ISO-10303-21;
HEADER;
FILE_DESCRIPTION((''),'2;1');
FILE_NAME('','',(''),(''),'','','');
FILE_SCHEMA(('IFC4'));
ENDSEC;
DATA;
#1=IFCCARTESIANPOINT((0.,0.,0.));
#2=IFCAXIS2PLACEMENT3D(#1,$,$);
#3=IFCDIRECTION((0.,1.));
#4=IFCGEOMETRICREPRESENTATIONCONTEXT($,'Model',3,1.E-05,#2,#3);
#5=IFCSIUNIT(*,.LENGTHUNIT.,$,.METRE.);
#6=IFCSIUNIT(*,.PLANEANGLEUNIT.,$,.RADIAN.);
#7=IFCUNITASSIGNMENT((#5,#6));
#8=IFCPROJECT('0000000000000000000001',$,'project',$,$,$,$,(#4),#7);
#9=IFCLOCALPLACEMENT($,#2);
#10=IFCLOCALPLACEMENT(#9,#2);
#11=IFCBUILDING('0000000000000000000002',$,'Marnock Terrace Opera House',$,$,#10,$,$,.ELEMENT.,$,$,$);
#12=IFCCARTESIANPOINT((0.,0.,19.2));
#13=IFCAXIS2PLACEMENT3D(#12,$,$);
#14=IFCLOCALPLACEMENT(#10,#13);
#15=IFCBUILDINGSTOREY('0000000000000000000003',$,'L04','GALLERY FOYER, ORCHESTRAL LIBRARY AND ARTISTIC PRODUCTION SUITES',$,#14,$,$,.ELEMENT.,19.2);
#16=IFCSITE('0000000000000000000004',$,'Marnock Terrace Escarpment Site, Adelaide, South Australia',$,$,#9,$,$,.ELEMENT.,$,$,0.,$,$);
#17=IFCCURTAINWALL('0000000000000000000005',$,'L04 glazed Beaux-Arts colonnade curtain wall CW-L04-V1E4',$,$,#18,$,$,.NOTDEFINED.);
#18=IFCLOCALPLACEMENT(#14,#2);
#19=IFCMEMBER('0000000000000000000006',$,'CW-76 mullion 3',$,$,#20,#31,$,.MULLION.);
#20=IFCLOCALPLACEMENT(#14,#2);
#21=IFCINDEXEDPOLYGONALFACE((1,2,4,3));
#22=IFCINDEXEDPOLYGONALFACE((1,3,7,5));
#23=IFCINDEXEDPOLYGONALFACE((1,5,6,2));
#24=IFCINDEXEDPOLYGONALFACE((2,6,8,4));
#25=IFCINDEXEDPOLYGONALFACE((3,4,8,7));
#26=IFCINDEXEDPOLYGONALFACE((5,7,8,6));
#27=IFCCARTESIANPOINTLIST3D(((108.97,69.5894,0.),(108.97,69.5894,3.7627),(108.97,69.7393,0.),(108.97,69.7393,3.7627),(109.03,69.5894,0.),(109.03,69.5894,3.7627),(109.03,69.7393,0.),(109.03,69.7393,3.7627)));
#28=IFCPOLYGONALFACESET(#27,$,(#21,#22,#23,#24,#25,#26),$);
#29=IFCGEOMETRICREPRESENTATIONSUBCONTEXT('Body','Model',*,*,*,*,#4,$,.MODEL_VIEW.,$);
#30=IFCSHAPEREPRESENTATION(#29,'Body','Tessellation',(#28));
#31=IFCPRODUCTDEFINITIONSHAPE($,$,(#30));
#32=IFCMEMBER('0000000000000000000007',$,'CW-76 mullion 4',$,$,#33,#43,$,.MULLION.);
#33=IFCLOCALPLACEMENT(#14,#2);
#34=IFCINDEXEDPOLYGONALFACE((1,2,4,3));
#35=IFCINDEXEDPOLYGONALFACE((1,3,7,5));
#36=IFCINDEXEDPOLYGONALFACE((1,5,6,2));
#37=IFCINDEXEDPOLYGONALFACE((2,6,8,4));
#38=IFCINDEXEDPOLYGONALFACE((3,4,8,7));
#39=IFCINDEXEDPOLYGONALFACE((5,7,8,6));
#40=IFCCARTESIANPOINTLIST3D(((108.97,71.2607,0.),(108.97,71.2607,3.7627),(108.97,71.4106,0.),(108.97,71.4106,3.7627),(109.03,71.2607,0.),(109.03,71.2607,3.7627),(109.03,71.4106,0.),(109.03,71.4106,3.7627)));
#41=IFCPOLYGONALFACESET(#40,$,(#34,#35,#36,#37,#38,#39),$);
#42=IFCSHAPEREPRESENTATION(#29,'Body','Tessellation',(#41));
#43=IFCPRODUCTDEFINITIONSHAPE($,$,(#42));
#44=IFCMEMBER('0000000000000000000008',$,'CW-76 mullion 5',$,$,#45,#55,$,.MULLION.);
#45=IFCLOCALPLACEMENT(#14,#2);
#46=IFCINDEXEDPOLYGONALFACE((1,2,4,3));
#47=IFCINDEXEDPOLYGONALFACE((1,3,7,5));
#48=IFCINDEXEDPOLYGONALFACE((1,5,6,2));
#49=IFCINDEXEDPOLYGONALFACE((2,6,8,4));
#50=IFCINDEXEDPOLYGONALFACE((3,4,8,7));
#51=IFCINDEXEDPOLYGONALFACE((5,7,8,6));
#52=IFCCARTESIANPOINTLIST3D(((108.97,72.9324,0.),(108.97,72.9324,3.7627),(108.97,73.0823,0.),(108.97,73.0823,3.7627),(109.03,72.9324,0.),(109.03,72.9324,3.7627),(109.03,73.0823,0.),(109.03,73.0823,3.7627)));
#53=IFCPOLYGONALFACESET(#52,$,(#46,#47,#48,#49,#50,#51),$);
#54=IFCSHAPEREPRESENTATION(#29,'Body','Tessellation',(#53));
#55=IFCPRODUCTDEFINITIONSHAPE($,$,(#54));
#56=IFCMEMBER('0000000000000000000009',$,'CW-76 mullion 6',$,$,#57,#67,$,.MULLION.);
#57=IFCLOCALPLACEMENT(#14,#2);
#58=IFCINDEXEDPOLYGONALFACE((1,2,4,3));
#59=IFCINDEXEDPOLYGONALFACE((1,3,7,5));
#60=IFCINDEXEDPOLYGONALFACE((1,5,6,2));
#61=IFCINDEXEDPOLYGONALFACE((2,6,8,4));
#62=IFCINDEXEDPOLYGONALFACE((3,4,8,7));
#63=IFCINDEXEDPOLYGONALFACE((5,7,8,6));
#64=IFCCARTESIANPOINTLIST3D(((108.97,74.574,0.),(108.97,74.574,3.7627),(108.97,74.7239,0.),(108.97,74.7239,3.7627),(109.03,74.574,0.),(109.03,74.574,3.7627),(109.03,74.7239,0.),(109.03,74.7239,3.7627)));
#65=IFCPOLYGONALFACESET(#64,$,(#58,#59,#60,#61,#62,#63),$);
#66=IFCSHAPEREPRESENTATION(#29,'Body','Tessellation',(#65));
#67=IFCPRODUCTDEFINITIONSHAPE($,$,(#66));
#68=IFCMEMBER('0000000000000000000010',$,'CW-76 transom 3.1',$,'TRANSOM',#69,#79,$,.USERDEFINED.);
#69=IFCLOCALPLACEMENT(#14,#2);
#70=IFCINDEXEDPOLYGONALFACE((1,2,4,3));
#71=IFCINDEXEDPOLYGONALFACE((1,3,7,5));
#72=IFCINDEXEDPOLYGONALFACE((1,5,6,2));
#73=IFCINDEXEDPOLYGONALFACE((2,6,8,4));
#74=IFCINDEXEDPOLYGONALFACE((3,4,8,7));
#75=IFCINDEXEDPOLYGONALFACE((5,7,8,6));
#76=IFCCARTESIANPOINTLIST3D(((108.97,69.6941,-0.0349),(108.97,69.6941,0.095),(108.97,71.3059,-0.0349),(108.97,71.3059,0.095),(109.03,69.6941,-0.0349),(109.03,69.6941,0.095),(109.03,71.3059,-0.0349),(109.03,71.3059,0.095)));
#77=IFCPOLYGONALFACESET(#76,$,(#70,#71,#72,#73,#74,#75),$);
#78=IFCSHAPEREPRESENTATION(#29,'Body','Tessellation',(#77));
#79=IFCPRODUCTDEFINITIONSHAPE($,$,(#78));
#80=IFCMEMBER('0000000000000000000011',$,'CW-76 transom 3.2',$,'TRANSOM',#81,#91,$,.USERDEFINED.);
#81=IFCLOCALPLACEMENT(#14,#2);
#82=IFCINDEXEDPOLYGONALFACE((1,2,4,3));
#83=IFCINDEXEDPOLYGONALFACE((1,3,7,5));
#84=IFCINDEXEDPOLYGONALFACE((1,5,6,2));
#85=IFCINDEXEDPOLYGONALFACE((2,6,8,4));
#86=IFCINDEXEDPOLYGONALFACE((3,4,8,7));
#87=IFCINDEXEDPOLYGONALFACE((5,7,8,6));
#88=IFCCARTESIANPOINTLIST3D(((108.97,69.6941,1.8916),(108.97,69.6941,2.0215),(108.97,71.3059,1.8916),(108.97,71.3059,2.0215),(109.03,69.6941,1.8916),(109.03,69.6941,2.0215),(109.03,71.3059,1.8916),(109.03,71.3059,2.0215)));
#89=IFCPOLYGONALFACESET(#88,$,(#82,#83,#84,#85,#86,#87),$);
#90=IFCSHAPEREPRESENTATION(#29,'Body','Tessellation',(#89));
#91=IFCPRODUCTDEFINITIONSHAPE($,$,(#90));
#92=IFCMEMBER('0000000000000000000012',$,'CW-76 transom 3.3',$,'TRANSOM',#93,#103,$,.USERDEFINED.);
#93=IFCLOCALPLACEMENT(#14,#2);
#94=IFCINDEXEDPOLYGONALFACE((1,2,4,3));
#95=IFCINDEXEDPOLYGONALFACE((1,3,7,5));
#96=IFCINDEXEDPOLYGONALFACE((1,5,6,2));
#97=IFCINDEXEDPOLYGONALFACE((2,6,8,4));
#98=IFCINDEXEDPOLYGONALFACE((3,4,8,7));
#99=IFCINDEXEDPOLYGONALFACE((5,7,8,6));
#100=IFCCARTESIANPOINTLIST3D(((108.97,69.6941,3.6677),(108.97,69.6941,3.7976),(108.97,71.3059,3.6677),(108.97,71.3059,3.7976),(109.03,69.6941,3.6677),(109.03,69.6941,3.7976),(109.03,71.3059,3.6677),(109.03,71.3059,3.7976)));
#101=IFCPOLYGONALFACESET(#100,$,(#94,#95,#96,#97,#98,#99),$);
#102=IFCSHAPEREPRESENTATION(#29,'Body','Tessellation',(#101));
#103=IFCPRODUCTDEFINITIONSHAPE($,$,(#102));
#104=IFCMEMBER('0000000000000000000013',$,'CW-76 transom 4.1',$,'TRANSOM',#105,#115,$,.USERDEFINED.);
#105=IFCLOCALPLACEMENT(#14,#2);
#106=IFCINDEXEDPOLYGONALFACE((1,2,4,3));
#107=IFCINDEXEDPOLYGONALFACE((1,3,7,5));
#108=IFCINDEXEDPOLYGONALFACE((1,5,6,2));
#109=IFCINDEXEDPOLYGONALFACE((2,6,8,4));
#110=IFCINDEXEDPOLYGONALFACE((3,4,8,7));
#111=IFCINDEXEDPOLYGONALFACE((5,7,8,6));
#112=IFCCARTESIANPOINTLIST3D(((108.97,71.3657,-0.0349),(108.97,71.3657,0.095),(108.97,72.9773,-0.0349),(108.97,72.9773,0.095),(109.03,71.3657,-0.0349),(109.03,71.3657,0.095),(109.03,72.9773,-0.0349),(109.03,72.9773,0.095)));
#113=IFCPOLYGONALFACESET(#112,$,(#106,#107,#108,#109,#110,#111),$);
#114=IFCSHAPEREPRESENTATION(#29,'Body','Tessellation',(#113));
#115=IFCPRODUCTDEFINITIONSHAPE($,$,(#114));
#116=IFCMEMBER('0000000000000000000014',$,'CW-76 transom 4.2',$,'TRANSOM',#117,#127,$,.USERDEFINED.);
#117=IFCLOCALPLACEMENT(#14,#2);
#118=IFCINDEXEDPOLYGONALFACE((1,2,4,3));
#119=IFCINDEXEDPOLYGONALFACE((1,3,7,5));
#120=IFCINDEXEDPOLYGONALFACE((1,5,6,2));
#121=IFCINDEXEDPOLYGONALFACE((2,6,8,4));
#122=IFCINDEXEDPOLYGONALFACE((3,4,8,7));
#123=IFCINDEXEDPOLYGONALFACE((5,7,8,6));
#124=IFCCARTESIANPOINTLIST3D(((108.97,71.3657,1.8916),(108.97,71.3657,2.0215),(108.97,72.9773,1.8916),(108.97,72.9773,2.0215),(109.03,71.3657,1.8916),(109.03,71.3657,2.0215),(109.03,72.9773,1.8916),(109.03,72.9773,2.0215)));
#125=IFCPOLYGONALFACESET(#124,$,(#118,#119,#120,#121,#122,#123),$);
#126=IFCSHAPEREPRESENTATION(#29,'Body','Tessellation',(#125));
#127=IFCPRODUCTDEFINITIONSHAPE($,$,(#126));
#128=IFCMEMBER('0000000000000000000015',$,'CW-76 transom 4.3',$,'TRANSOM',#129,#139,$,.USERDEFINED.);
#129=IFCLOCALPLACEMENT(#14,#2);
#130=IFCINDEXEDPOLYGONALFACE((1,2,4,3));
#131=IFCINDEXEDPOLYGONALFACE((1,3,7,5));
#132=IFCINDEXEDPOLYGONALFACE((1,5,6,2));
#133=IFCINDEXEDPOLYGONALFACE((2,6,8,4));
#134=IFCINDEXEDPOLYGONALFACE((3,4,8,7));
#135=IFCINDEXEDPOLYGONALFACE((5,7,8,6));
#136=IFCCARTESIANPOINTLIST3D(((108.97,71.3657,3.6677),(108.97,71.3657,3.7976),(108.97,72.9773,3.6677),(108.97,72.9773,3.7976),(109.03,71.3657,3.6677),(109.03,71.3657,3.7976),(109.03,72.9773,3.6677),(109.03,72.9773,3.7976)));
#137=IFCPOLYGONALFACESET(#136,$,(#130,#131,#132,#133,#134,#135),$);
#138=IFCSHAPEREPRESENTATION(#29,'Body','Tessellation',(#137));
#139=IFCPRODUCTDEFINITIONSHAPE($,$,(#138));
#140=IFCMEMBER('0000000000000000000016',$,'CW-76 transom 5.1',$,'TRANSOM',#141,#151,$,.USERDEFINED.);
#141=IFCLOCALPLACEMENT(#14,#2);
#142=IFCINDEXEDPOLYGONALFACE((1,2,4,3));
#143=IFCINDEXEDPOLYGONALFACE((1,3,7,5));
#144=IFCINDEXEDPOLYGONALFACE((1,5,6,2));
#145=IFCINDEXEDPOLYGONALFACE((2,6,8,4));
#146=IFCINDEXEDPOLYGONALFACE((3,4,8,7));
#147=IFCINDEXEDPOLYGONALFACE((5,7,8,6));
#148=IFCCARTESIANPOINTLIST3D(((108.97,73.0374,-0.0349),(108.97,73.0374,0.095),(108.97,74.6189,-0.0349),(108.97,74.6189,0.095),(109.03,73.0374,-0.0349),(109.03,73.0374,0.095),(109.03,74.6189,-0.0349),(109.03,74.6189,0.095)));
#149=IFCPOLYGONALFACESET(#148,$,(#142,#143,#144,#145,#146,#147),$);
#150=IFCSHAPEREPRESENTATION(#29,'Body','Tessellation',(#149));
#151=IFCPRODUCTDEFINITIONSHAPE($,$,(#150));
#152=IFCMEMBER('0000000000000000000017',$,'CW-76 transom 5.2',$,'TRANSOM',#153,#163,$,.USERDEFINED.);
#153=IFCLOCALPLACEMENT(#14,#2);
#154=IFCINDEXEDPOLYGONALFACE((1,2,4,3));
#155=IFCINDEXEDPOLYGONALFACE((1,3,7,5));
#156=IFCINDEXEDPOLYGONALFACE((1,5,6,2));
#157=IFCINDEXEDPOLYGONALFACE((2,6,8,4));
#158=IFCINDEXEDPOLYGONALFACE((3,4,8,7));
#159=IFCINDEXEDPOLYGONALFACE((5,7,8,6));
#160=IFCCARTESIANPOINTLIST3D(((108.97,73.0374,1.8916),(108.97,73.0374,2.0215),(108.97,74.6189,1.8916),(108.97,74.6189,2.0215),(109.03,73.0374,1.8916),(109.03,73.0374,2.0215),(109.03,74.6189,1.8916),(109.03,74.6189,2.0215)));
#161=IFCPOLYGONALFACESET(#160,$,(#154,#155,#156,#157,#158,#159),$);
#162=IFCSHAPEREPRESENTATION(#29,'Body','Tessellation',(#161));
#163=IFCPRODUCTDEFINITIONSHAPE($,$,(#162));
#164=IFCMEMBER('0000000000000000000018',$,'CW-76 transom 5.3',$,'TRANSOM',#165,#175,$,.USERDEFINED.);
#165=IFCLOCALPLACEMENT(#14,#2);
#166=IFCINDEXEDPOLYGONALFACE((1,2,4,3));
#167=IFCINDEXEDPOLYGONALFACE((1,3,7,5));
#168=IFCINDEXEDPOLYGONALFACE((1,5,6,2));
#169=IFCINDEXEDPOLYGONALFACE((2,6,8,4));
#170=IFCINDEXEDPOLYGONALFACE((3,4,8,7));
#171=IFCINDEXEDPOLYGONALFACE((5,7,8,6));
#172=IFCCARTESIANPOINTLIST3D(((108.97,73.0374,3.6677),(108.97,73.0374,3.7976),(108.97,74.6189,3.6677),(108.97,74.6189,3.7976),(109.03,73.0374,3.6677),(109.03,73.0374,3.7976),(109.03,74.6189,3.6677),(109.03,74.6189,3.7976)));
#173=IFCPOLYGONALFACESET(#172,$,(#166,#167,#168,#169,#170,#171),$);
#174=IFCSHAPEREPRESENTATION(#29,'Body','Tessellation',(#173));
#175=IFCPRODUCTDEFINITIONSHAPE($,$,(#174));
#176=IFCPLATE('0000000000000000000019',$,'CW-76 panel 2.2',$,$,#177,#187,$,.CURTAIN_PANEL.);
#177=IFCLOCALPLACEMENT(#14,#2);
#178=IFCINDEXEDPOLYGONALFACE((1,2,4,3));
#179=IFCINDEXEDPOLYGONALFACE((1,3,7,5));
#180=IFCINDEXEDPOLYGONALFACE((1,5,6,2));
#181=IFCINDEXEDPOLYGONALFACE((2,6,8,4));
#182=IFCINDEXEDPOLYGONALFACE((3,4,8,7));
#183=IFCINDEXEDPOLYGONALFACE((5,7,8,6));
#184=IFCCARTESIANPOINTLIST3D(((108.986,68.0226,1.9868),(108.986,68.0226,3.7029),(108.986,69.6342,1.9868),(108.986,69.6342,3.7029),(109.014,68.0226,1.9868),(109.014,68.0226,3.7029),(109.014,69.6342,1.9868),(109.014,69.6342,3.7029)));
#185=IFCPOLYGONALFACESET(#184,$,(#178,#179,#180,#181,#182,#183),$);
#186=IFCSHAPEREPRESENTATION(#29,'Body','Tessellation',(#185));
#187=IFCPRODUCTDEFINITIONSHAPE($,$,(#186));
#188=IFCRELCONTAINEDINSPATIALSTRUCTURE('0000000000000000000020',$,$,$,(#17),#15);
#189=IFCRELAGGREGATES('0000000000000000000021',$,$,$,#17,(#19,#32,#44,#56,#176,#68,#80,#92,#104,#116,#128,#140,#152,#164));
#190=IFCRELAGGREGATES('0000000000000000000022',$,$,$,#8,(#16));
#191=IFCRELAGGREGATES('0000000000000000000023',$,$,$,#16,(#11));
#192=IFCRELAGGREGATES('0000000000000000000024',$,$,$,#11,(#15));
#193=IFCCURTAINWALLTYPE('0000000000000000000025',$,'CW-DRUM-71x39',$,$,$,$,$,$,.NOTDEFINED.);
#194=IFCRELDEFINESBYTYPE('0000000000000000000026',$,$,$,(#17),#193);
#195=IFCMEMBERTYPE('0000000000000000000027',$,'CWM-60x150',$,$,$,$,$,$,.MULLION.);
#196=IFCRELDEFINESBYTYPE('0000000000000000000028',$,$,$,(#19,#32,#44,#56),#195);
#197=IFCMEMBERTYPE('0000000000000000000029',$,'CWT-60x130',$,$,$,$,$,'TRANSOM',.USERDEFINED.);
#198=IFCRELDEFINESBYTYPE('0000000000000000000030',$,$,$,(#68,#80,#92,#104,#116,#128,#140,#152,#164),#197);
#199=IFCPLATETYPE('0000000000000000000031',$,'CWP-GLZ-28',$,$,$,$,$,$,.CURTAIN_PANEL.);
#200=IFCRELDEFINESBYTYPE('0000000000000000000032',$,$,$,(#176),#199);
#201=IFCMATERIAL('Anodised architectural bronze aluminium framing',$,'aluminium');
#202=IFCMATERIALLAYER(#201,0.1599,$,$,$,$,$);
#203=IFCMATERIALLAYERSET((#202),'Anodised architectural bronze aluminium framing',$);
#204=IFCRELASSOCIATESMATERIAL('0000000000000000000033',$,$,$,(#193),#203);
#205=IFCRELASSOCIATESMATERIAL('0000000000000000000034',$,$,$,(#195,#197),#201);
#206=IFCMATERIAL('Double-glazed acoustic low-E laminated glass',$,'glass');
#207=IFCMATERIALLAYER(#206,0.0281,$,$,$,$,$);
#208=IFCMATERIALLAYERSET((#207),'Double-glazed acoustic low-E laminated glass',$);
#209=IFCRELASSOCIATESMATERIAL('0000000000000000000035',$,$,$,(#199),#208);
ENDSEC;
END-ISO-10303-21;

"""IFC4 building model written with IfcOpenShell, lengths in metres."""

from ifc_helpers import new_model, si_unit, direction, frame, origin, origin_2d, place, context, subcontext, project, spatial, rectangle, extrude, material, layer, layer_set, material_profile, profile_set, type_object, element, aggregate, save


model = new_model("IFC4")

# Units and contexts
model_context = context("Model", 3, precision=1e-05, world=origin(), true_north=direction((0.0, 1.0)))
body_context = subcontext(model_context, "Body", "Model", "MODEL_VIEW")
ifc_project = project(units=[si_unit("LENGTHUNIT", "METRE"), si_unit("PLANEANGLEUNIT", "RADIAN")], contexts=[model_context])

# Site, building, storey
site_placement = place(None, origin())
site = spatial("IfcSite", under=ifc_project, at=site_placement, Name="Marnock Terrace Escarpment Site, Adelaide, South Australia", CompositionType="ELEMENT", RefElevation=0.0)
building_placement = place(site_placement, origin())
building = spatial("IfcBuilding", under=site, at=building_placement, Name="Marnock Terrace Opera House", CompositionType="ELEMENT")
storey_placement = place(building_placement, frame((0.0, 0.0, 19.2)))
storey = spatial("IfcBuildingStorey", under=building, at=storey_placement, Name="L04", Description="GALLERY FOYER, ORCHESTRAL LIBRARY AND ARTISTIC PRODUCTION SUITES", CompositionType="ELEMENT", Elevation=19.2)

# Curtain wall, members, plate
ifc_material_1 = material(Name="Anodised architectural bronze aluminium framing", Category="aluminium")
ifc_layer_1 = layer(ifc_material_1, 0.1599)
ifc_layer_set_1 = layer_set([ifc_layer_1], Name="Anodised architectural bronze aluminium framing")
curtain_wall_type = type_object("IfcCurtainWallType", Name="CW-DRUM-71x39", PredefinedType="NOTDEFINED", material=ifc_layer_set_1)
curtain_wall_placement = place(storey_placement, origin())
curtain_wall = element("IfcCurtainWall", 1, at=curtain_wall_placement, inside=storey, type_object=curtain_wall_type, Name="L04 glazed Beaux-Arts colonnade curtain wall CW-L04-V1E4", PredefinedType="NOTDEFINED")
ifc_material_profile_1 = material_profile(ifc_material_1, rectangle(XDim=0.0601, YDim=0.1499, at=origin_2d()))
ifc_profile_set_1 = profile_set([ifc_material_profile_1], Name="Anodised architectural bronze aluminium framing")
member_type_1 = type_object("IfcMemberType", Name="CWM-60x150", PredefinedType="MULLION", material=ifc_profile_set_1)
member_1_placement = place(storey_placement, frame((109.0, 69.6643, 0.0), z_axis=(0.0, 0.0, 1.0), x_axis=(-1.0, 0.0, 0.0)))
member_1 = element("IfcMember", 2, at=member_1_placement, type_object=member_type_1, Name="CW-76 mullion 3", PredefinedType="MULLION", context=body_context, shape_type="SweptSolid", body=[
    extrude(rectangle(XDim=0.0601, YDim=0.1499, at=origin_2d()), origin(), (0.0, 0.0, 1.0), 3.7627),
])
member_2_placement = place(storey_placement, frame((109.0, 71.3357, 0.0), z_axis=(0.0, 0.0, 1.0), x_axis=(-1.0, 0.0, 0.0)))
member_2 = element("IfcMember", 3, at=member_2_placement, type_object=member_type_1, Name="CW-76 mullion 4", PredefinedType="MULLION", context=body_context, shape_type="SweptSolid", body=[
    extrude(rectangle(XDim=0.0601, YDim=0.1499, at=origin_2d()), origin(), (0.0, 0.0, 1.0), 3.7627),
])
member_3_placement = place(storey_placement, frame((109.0, 73.0073, 0.0), z_axis=(0.0, 0.0, 1.0), x_axis=(-1.0, 0.0, 0.0)))
member_3 = element("IfcMember", 4, at=member_3_placement, type_object=member_type_1, Name="CW-76 mullion 5", PredefinedType="MULLION", context=body_context, shape_type="SweptSolid", body=[
    extrude(rectangle(XDim=0.0601, YDim=0.1499, at=origin_2d()), origin(), (0.0, 0.0, 1.0), 3.7627),
])
member_4_placement = place(storey_placement, frame((109.0, 74.6489, 0.0), z_axis=(0.0, 0.0, 1.0), x_axis=(-1.0, 0.0, 0.0)))
member_4 = element("IfcMember", 5, at=member_4_placement, type_object=member_type_1, Name="CW-76 mullion 6", PredefinedType="MULLION", context=body_context, shape_type="SweptSolid", body=[
    extrude(rectangle(XDim=0.0601, YDim=0.1499, at=origin_2d()), origin(), (0.0, 0.0, 1.0), 3.7627),
])
ifc_material_profile_2 = material_profile(ifc_material_1, rectangle(XDim=0.0601, YDim=0.1299, at=origin_2d()))
ifc_profile_set_2 = profile_set([ifc_material_profile_2], Name="Anodised architectural bronze aluminium framing")
member_type_2 = type_object("IfcMemberType", Name="CWT-60x130", ElementType="TRANSOM", PredefinedType="USERDEFINED", material=ifc_profile_set_2)
member_5_placement = place(storey_placement, frame((109.0, 69.6941, 0.03), z_axis=(0.0, 1.0, 0.0), x_axis=(-1.0, 0.0, 0.0)))
member_5 = element("IfcMember", 6, at=member_5_placement, type_object=member_type_2, Name="CW-76 transom 3.1", ObjectType="TRANSOM", PredefinedType="USERDEFINED", context=body_context, shape_type="SweptSolid", body=[
    extrude(rectangle(XDim=0.0601, YDim=0.1299, at=origin_2d()), origin(), (0.0, 0.0, 1.0), 1.6118),
])
member_6_placement = place(storey_placement, frame((109.0, 69.6941, 1.9565), z_axis=(0.0, 1.0, 0.0), x_axis=(-1.0, 0.0, 0.0)))
member_6 = element("IfcMember", 7, at=member_6_placement, type_object=member_type_2, Name="CW-76 transom 3.2", ObjectType="TRANSOM", PredefinedType="USERDEFINED", context=body_context, shape_type="SweptSolid", body=[
    extrude(rectangle(XDim=0.0601, YDim=0.1299, at=origin_2d()), origin(), (0.0, 0.0, 1.0), 1.6118),
])
member_7_placement = place(storey_placement, frame((109.0, 69.6941, 3.7327), z_axis=(0.0, 1.0, 0.0), x_axis=(-1.0, 0.0, 0.0)))
member_7 = element("IfcMember", 8, at=member_7_placement, type_object=member_type_2, Name="CW-76 transom 3.3", ObjectType="TRANSOM", PredefinedType="USERDEFINED", context=body_context, shape_type="SweptSolid", body=[
    extrude(rectangle(XDim=0.0601, YDim=0.1299, at=origin_2d()), origin(), (0.0, 0.0, 1.0), 1.6118),
])
member_8_placement = place(storey_placement, frame((109.0, 71.3657, 0.03), z_axis=(0.0, 1.0, 0.0), x_axis=(-1.0, 0.0, 0.0)))
member_8 = element("IfcMember", 9, at=member_8_placement, type_object=member_type_2, Name="CW-76 transom 4.1", ObjectType="TRANSOM", PredefinedType="USERDEFINED", context=body_context, shape_type="SweptSolid", body=[
    extrude(rectangle(XDim=0.0601, YDim=0.1299, at=origin_2d()), origin(), (0.0, 0.0, 1.0), 1.6116),
])
member_9_placement = place(storey_placement, frame((109.0, 71.3657, 1.9565), z_axis=(0.0, 1.0, 0.0), x_axis=(-1.0, 0.0, 0.0)))
member_9 = element("IfcMember", 10, at=member_9_placement, type_object=member_type_2, Name="CW-76 transom 4.2", ObjectType="TRANSOM", PredefinedType="USERDEFINED", context=body_context, shape_type="SweptSolid", body=[
    extrude(rectangle(XDim=0.0601, YDim=0.1299, at=origin_2d()), origin(), (0.0, 0.0, 1.0), 1.6116),
])
member_10_placement = place(storey_placement, frame((109.0, 71.3657, 3.7327), z_axis=(0.0, 1.0, 0.0), x_axis=(-1.0, 0.0, 0.0)))
member_10 = element("IfcMember", 11, at=member_10_placement, type_object=member_type_2, Name="CW-76 transom 4.3", ObjectType="TRANSOM", PredefinedType="USERDEFINED", context=body_context, shape_type="SweptSolid", body=[
    extrude(rectangle(XDim=0.0601, YDim=0.1299, at=origin_2d()), origin(), (0.0, 0.0, 1.0), 1.6116),
])
member_11_placement = place(storey_placement, frame((109.0, 73.0374, 0.03), z_axis=(0.0, 1.0, 0.0), x_axis=(-1.0, 0.0, 0.0)))
member_11 = element("IfcMember", 12, at=member_11_placement, type_object=member_type_2, Name="CW-76 transom 5.1", ObjectType="TRANSOM", PredefinedType="USERDEFINED", context=body_context, shape_type="SweptSolid", body=[
    extrude(rectangle(XDim=0.0601, YDim=0.1299, at=origin_2d()), origin(), (0.0, 0.0, 1.0), 1.5815),
])
member_12_placement = place(storey_placement, frame((109.0, 73.0374, 1.9565), z_axis=(0.0, 1.0, 0.0), x_axis=(-1.0, 0.0, 0.0)))
member_12 = element("IfcMember", 13, at=member_12_placement, type_object=member_type_2, Name="CW-76 transom 5.2", ObjectType="TRANSOM", PredefinedType="USERDEFINED", context=body_context, shape_type="SweptSolid", body=[
    extrude(rectangle(XDim=0.0601, YDim=0.1299, at=origin_2d()), origin(), (0.0, 0.0, 1.0), 1.5815),
])
member_13_placement = place(storey_placement, frame((109.0, 73.0374, 3.7327), z_axis=(0.0, 1.0, 0.0), x_axis=(-1.0, 0.0, 0.0)))
member_13 = element("IfcMember", 14, at=member_13_placement, type_object=member_type_2, Name="CW-76 transom 5.3", ObjectType="TRANSOM", PredefinedType="USERDEFINED", context=body_context, shape_type="SweptSolid", body=[
    extrude(rectangle(XDim=0.0601, YDim=0.1299, at=origin_2d()), origin(), (0.0, 0.0, 1.0), 1.5815),
])
ifc_material_2 = material(Name="Double-glazed acoustic low-E laminated glass", Category="glass")
ifc_layer_2 = layer(ifc_material_2, 0.0281)
ifc_layer_set_2 = layer_set([ifc_layer_2], Name="Double-glazed acoustic low-E laminated glass")
plate_type = type_object("IfcPlateType", Name="CWP-GLZ-28", PredefinedType="CURTAIN_PANEL", material=ifc_layer_set_2)
plate_1_placement = place(storey_placement, frame((109.0, 68.8284, 1.9868), z_axis=(0.0, 0.0, 1.0), x_axis=(0.0, 1.0, 0.0)))
plate_1 = element("IfcPlate", 15, at=plate_1_placement, type_object=plate_type, Name="CW-76 panel 2.2", PredefinedType="CURTAIN_PANEL", context=body_context, shape_type="SweptSolid", body=[
    extrude(rectangle(XDim=1.6116, YDim=0.0281, at=origin_2d()), origin(), (0.0, 0.0, 1.0), 1.7161),
])
aggregate(curtain_wall, [member_1, member_2, member_3, member_4, plate_1, member_5, member_6, member_7, member_8, member_9, member_10, member_11, member_12, member_13])

save(model, "model.ifc")
